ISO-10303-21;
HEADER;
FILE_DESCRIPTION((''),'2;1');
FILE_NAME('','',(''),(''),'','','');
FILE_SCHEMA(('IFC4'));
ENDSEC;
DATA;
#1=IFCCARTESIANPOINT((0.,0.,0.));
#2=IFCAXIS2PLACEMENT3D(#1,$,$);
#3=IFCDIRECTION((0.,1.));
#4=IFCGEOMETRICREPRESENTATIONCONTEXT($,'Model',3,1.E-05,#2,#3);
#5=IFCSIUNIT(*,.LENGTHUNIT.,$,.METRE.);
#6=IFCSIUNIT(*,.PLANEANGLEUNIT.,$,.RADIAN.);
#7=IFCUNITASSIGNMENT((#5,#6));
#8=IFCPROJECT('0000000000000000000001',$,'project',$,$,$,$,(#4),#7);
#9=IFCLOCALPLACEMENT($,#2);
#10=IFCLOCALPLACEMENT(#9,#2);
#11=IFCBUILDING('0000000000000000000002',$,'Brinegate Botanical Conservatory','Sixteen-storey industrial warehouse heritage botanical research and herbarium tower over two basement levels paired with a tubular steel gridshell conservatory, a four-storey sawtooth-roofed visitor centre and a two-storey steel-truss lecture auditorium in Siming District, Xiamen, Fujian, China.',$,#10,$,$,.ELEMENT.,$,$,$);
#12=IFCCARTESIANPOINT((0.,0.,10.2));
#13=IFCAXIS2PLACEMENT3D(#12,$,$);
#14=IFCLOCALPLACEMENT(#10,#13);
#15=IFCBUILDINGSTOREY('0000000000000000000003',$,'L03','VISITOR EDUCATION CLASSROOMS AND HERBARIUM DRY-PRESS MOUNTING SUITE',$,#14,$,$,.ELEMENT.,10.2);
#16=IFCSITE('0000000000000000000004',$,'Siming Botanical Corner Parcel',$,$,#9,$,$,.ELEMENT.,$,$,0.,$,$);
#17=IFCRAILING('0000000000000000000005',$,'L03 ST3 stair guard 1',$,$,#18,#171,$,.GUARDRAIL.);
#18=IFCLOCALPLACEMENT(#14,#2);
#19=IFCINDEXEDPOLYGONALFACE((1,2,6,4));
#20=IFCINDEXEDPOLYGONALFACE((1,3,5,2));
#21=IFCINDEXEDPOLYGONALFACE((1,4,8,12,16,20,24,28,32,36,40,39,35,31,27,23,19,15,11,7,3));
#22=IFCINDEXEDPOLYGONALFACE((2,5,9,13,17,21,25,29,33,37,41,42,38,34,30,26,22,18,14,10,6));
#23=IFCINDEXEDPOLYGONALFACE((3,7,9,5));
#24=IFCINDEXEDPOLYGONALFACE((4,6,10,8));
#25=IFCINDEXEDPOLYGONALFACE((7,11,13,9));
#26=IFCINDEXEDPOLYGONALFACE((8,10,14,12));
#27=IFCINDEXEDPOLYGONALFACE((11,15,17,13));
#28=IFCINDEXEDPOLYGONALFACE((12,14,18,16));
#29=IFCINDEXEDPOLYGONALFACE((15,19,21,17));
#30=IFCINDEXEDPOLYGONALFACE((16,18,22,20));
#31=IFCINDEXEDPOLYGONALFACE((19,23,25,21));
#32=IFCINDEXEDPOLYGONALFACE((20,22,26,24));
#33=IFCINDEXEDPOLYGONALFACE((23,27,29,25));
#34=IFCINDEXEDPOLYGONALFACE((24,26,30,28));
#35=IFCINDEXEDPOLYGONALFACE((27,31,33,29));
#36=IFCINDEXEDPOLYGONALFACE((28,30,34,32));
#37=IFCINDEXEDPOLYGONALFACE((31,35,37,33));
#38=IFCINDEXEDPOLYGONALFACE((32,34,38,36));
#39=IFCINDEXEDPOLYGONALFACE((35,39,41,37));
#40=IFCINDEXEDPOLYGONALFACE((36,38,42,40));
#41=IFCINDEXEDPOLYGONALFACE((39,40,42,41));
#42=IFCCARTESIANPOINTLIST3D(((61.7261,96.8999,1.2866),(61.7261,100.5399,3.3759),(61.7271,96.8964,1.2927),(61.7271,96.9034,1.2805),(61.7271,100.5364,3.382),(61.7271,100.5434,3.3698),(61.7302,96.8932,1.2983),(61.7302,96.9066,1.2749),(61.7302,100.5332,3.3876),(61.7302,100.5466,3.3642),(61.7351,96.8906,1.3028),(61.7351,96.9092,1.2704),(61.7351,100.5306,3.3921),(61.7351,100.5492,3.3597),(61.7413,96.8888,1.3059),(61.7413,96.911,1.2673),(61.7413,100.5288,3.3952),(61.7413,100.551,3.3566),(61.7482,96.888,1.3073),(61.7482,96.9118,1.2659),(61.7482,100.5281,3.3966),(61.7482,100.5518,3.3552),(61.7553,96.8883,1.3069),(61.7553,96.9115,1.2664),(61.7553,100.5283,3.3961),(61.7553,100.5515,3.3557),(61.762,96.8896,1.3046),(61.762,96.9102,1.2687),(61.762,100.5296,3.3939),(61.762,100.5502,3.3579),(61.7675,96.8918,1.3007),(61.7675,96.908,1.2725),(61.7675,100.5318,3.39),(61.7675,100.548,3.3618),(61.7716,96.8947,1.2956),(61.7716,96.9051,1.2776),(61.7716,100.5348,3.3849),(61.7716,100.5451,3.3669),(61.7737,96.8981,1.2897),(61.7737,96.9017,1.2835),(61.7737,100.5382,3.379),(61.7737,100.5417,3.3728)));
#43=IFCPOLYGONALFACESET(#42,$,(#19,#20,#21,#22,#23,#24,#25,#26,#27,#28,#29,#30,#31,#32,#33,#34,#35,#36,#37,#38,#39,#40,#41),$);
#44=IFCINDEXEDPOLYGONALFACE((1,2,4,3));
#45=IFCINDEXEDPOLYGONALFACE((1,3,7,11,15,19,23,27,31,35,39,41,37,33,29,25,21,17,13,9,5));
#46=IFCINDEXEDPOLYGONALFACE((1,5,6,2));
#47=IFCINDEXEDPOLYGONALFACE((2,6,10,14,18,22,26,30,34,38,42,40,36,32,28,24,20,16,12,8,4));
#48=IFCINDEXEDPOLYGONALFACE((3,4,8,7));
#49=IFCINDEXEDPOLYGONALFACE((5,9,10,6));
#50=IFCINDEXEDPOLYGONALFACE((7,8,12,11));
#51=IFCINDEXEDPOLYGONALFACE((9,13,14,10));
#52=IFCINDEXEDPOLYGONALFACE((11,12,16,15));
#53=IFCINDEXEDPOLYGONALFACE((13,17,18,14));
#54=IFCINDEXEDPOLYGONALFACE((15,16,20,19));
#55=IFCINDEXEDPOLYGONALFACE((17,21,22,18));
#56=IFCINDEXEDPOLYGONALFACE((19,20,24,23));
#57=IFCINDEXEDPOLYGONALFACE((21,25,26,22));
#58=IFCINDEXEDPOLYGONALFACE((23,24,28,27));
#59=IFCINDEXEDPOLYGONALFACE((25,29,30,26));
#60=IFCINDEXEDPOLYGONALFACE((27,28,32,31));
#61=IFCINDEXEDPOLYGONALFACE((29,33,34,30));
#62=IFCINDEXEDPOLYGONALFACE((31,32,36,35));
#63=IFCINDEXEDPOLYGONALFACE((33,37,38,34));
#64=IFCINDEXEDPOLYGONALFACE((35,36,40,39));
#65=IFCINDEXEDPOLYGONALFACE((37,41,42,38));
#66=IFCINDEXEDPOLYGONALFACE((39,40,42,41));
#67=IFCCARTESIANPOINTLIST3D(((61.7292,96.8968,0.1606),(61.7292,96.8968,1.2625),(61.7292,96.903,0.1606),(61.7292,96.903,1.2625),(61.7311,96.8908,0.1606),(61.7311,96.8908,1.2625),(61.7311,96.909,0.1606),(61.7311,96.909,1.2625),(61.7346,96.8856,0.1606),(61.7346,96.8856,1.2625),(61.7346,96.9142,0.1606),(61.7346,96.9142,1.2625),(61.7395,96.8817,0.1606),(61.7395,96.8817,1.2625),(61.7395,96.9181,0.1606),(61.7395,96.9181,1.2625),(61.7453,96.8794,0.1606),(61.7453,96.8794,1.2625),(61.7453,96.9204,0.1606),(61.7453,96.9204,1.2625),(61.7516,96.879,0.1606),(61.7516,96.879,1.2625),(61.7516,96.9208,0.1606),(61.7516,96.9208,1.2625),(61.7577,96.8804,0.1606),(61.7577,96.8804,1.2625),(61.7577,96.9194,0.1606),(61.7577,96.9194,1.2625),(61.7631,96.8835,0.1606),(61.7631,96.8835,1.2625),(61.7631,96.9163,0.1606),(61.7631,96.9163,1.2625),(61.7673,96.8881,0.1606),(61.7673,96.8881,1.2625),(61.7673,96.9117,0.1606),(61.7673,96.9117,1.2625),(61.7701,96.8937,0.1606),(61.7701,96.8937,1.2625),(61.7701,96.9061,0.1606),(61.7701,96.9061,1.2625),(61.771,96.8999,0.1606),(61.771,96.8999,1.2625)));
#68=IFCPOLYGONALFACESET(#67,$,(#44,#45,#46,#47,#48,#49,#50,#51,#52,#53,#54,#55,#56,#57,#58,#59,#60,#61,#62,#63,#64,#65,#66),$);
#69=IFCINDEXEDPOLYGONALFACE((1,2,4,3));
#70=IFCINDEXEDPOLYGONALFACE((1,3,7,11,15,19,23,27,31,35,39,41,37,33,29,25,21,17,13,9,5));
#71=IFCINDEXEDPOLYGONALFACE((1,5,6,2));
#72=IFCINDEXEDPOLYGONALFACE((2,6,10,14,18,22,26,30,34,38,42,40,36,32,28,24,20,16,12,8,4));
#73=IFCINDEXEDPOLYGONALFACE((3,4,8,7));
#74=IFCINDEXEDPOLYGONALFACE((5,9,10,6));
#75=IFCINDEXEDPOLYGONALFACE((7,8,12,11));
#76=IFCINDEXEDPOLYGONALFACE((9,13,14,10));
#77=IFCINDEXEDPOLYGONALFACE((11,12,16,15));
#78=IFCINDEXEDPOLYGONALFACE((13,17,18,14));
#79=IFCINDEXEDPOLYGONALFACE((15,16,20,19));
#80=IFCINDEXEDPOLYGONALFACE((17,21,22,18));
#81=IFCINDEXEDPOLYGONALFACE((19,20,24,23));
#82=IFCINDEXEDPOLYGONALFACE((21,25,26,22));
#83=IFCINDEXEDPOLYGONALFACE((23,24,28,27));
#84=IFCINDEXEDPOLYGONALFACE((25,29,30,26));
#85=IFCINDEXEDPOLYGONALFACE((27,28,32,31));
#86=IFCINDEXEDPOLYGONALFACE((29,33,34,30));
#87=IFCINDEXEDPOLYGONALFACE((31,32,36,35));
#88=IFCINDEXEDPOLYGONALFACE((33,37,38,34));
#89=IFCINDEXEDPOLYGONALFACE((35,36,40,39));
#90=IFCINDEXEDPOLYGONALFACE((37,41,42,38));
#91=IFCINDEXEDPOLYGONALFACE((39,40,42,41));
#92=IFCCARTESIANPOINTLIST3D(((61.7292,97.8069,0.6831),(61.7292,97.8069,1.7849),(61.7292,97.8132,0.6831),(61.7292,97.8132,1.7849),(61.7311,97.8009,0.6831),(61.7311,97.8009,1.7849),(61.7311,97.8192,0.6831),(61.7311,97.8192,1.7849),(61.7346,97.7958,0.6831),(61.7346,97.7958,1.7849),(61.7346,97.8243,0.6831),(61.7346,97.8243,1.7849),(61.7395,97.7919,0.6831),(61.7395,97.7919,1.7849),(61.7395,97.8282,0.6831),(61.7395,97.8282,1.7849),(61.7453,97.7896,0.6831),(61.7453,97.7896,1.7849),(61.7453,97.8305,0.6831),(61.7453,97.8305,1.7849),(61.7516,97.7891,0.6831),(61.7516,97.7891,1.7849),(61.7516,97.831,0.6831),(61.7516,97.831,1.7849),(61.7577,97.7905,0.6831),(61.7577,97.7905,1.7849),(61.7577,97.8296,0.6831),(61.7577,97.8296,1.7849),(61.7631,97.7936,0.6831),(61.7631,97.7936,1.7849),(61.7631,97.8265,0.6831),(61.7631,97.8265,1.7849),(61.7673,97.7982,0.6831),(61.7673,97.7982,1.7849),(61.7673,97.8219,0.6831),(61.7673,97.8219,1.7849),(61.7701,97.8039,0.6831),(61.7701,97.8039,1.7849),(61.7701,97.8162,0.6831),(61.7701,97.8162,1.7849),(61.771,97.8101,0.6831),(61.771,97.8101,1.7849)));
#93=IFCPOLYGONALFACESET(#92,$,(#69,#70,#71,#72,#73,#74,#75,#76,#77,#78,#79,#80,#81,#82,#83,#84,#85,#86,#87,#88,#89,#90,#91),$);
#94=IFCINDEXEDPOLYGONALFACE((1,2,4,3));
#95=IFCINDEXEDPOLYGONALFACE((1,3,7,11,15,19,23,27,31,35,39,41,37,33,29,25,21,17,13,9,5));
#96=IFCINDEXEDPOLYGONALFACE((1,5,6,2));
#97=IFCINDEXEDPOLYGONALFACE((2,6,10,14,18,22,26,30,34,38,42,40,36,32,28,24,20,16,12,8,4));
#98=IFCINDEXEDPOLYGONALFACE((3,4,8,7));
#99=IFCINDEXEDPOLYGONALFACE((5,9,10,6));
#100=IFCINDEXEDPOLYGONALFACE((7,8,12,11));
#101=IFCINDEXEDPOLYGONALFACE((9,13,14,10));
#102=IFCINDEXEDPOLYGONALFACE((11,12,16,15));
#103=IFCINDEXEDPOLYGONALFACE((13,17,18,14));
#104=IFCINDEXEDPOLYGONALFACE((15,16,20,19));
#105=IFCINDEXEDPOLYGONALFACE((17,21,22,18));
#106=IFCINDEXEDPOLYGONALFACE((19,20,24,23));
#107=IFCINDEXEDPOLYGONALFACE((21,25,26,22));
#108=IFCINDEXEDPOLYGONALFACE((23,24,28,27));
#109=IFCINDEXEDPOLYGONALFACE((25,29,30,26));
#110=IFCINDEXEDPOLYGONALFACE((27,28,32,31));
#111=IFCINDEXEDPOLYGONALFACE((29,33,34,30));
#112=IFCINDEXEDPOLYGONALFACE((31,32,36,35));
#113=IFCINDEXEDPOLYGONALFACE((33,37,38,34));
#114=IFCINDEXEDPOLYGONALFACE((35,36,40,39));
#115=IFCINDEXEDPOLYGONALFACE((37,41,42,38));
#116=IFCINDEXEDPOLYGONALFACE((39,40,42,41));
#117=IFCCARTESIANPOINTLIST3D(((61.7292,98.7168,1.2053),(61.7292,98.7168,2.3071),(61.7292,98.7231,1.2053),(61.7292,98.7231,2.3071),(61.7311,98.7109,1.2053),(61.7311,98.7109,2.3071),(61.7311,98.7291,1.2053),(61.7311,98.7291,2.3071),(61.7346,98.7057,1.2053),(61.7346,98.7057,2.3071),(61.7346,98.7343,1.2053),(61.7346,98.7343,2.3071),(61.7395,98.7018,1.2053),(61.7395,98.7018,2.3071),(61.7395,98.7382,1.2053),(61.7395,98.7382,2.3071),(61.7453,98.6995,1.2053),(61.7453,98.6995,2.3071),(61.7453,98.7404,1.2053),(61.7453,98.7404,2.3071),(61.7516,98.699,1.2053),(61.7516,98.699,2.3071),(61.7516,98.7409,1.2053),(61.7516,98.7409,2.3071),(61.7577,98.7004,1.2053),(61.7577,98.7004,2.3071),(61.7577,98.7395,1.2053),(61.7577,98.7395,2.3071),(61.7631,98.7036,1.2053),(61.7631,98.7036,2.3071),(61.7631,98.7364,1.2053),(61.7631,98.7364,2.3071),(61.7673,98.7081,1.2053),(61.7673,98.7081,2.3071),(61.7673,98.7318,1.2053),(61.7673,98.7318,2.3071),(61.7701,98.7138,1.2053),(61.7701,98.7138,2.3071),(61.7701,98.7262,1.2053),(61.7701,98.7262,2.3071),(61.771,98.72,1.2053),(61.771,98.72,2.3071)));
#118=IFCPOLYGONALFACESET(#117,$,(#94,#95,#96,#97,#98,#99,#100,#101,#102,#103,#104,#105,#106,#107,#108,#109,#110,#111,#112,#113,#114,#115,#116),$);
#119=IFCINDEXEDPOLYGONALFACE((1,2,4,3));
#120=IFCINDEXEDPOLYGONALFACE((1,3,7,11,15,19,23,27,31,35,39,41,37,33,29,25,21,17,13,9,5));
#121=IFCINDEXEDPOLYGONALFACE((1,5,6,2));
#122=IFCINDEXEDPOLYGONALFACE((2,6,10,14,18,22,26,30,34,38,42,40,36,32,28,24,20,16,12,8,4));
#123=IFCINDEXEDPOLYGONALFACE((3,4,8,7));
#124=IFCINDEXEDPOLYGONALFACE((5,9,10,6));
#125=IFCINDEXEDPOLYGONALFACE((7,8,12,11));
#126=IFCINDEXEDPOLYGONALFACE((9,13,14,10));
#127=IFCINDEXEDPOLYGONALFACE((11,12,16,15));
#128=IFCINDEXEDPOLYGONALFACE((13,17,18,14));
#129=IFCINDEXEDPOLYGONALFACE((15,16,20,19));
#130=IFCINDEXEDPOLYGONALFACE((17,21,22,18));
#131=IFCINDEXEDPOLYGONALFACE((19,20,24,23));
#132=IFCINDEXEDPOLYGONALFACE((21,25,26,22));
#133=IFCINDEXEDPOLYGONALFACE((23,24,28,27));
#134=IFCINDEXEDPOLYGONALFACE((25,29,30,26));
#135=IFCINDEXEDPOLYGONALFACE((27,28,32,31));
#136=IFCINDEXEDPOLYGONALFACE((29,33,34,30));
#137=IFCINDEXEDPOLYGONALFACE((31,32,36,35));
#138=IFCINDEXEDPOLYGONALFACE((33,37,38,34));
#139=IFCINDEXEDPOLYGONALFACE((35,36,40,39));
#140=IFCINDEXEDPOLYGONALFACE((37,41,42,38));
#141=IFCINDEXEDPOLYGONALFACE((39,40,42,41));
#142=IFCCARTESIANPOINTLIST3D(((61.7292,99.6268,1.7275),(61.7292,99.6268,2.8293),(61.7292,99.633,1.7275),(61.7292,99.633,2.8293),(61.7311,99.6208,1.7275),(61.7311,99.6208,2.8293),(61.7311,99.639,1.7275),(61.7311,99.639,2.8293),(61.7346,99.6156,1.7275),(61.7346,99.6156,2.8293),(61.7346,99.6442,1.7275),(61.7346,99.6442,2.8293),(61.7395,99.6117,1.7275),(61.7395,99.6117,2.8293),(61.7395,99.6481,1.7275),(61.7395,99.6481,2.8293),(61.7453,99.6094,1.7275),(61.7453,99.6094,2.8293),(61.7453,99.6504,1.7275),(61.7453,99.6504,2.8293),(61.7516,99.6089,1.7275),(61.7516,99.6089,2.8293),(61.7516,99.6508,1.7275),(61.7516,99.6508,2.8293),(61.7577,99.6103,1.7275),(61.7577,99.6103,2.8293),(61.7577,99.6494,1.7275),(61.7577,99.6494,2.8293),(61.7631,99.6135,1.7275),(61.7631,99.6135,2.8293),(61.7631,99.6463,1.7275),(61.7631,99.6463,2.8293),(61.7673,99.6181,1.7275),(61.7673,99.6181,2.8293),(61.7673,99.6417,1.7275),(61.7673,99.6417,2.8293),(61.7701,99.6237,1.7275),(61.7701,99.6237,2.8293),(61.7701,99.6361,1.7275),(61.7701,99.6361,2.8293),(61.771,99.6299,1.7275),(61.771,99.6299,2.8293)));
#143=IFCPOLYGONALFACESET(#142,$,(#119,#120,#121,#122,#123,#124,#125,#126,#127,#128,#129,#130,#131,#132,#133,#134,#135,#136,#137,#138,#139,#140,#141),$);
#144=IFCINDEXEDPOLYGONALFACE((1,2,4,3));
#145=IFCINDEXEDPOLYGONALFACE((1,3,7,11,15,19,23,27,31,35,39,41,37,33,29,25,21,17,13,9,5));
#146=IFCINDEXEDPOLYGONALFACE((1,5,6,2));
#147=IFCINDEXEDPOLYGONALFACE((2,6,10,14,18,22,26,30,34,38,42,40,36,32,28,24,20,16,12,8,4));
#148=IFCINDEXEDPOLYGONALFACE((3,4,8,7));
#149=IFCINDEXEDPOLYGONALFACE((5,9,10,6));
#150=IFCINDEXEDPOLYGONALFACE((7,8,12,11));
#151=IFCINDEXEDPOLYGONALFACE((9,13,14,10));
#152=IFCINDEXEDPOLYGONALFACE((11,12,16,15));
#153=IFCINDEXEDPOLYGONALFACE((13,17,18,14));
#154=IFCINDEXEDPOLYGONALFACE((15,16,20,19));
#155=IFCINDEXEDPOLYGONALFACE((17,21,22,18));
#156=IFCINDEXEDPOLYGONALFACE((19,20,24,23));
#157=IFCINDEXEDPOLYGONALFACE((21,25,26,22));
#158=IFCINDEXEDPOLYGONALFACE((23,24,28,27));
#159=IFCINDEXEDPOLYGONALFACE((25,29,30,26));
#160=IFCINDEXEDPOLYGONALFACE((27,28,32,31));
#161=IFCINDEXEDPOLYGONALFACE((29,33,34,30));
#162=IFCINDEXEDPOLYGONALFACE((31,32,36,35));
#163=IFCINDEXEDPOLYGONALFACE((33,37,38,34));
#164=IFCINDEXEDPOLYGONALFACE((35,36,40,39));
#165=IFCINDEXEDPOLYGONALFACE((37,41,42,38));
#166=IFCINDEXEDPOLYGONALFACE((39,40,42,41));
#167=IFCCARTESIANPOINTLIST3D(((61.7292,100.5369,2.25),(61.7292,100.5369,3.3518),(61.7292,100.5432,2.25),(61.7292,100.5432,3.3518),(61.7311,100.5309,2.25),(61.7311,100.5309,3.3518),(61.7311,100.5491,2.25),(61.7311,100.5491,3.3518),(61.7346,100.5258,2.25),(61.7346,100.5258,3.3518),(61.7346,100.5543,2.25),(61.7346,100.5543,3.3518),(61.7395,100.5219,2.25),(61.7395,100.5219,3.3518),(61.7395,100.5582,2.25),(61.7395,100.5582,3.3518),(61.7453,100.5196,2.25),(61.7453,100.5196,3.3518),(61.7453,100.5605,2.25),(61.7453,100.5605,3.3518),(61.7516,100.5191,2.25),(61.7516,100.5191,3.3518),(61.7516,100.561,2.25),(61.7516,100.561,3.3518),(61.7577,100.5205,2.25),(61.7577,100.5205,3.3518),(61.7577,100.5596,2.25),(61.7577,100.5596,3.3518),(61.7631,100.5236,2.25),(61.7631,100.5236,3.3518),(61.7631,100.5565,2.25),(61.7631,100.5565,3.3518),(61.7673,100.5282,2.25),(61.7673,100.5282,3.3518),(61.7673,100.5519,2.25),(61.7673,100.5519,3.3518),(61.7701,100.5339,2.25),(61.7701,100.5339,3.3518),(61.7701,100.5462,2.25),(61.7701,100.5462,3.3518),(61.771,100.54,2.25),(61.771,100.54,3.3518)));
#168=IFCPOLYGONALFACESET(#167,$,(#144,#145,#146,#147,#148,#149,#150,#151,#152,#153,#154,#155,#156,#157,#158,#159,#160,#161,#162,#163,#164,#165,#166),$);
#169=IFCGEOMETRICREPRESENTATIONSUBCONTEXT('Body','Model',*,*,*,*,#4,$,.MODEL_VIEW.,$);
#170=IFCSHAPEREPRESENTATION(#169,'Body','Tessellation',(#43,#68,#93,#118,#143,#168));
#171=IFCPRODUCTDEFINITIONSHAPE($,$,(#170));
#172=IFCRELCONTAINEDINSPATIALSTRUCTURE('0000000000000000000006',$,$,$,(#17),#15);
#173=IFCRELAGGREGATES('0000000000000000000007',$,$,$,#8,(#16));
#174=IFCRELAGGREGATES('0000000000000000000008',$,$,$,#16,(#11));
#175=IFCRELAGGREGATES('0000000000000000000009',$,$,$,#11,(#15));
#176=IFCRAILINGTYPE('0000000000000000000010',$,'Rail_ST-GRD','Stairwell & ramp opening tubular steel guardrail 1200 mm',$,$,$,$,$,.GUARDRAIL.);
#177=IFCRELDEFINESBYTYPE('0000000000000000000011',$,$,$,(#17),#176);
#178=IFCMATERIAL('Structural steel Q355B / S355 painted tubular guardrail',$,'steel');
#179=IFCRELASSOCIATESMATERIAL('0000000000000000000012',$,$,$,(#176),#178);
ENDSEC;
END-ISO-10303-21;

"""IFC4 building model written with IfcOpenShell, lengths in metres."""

from ifc_helpers import new_model, si_unit, direction, frame, origin, origin_2d, place, context, subcontext, project, spatial, circle, extrude, material, type_object, element, save


model = new_model("IFC4")

# Units and contexts
model_context = context("Model", 3, precision=1e-05, world=origin(), true_north=direction((0.0, 1.0)))
body_context = subcontext(model_context, "Body", "Model", "MODEL_VIEW")
ifc_project = project(units=[si_unit("LENGTHUNIT", "METRE"), si_unit("PLANEANGLEUNIT", "RADIAN")], contexts=[model_context])

# Site, building, storey
site_placement = place(None, origin())
site = spatial("IfcSite", under=ifc_project, at=site_placement, Name="Siming Botanical Corner Parcel", CompositionType="ELEMENT", RefElevation=0.0)
building_placement = place(site_placement, origin())
building = spatial("IfcBuilding", under=site, at=building_placement, Name="Brinegate Botanical Conservatory", Description="Sixteen-storey industrial warehouse heritage botanical research and herbarium tower over two basement levels paired with a tubular steel gridshell conservatory, a four-storey sawtooth-roofed visitor centre and a two-storey steel-truss lecture auditorium in Siming District, Xiamen, Fujian, China.", CompositionType="ELEMENT")
storey_placement = place(building_placement, frame((0.0, 0.0, 10.2)))
storey = spatial("IfcBuildingStorey", under=building, at=storey_placement, Name="L03", Description="VISITOR EDUCATION CLASSROOMS AND HERBARIUM DRY-PRESS MOUNTING SUITE", CompositionType="ELEMENT", Elevation=10.2)

# Railing
ifc_material_1 = material(Name="Structural steel Q355B / S355 painted tubular guardrail", Category="steel")
railing_type_1 = type_object("IfcRailingType", Name="Rail_ST-GRD", Description="Stairwell & ramp opening tubular steel guardrail 1200 mm", PredefinedType="GUARDRAIL", material=ifc_material_1)
railing_1_placement = place(storey_placement, frame((61.75, 96.8999, 0.1606)))
element("IfcRailing", 1, at=railing_1_placement, inside=storey, type_object=railing_type_1, Name="L03 ST3 stair guard 1", PredefinedType="GUARDRAIL", context=body_context, shape_type="SweptSolid", body=[
    extrude(circle(Radius=0.0239, at=origin_2d()), frame((0.0, 0.0, 1.126), z_axis=(0.0, 0.867289, 0.497804), x_axis=(-1.0, 0.0, 0.0)), (0.0, 0.0, 1.0), 4.197),
    extrude(circle(Radius=0.021, at=origin_2d()), origin(), (0.0, 0.0, 1.0), 1.1018),
    extrude(circle(Radius=0.021, at=origin_2d()), frame((0.0, 0.9102, 0.5225)), (0.0, 0.0, 1.0), 1.1018),
    extrude(circle(Radius=0.021, at=origin_2d()), frame((0.0, 1.8201, 1.0447)), (0.0, 0.0, 1.0), 1.1018),
    extrude(circle(Radius=0.021, at=origin_2d()), frame((0.0, 2.73, 1.5669)), (0.0, 0.0, 1.0), 1.1018),
    extrude(circle(Radius=0.021, at=origin_2d()), frame((0.0, 3.6401, 2.0894)), (0.0, 0.0, 1.0), 1.1018),
])

save(model, "model.ifc")
